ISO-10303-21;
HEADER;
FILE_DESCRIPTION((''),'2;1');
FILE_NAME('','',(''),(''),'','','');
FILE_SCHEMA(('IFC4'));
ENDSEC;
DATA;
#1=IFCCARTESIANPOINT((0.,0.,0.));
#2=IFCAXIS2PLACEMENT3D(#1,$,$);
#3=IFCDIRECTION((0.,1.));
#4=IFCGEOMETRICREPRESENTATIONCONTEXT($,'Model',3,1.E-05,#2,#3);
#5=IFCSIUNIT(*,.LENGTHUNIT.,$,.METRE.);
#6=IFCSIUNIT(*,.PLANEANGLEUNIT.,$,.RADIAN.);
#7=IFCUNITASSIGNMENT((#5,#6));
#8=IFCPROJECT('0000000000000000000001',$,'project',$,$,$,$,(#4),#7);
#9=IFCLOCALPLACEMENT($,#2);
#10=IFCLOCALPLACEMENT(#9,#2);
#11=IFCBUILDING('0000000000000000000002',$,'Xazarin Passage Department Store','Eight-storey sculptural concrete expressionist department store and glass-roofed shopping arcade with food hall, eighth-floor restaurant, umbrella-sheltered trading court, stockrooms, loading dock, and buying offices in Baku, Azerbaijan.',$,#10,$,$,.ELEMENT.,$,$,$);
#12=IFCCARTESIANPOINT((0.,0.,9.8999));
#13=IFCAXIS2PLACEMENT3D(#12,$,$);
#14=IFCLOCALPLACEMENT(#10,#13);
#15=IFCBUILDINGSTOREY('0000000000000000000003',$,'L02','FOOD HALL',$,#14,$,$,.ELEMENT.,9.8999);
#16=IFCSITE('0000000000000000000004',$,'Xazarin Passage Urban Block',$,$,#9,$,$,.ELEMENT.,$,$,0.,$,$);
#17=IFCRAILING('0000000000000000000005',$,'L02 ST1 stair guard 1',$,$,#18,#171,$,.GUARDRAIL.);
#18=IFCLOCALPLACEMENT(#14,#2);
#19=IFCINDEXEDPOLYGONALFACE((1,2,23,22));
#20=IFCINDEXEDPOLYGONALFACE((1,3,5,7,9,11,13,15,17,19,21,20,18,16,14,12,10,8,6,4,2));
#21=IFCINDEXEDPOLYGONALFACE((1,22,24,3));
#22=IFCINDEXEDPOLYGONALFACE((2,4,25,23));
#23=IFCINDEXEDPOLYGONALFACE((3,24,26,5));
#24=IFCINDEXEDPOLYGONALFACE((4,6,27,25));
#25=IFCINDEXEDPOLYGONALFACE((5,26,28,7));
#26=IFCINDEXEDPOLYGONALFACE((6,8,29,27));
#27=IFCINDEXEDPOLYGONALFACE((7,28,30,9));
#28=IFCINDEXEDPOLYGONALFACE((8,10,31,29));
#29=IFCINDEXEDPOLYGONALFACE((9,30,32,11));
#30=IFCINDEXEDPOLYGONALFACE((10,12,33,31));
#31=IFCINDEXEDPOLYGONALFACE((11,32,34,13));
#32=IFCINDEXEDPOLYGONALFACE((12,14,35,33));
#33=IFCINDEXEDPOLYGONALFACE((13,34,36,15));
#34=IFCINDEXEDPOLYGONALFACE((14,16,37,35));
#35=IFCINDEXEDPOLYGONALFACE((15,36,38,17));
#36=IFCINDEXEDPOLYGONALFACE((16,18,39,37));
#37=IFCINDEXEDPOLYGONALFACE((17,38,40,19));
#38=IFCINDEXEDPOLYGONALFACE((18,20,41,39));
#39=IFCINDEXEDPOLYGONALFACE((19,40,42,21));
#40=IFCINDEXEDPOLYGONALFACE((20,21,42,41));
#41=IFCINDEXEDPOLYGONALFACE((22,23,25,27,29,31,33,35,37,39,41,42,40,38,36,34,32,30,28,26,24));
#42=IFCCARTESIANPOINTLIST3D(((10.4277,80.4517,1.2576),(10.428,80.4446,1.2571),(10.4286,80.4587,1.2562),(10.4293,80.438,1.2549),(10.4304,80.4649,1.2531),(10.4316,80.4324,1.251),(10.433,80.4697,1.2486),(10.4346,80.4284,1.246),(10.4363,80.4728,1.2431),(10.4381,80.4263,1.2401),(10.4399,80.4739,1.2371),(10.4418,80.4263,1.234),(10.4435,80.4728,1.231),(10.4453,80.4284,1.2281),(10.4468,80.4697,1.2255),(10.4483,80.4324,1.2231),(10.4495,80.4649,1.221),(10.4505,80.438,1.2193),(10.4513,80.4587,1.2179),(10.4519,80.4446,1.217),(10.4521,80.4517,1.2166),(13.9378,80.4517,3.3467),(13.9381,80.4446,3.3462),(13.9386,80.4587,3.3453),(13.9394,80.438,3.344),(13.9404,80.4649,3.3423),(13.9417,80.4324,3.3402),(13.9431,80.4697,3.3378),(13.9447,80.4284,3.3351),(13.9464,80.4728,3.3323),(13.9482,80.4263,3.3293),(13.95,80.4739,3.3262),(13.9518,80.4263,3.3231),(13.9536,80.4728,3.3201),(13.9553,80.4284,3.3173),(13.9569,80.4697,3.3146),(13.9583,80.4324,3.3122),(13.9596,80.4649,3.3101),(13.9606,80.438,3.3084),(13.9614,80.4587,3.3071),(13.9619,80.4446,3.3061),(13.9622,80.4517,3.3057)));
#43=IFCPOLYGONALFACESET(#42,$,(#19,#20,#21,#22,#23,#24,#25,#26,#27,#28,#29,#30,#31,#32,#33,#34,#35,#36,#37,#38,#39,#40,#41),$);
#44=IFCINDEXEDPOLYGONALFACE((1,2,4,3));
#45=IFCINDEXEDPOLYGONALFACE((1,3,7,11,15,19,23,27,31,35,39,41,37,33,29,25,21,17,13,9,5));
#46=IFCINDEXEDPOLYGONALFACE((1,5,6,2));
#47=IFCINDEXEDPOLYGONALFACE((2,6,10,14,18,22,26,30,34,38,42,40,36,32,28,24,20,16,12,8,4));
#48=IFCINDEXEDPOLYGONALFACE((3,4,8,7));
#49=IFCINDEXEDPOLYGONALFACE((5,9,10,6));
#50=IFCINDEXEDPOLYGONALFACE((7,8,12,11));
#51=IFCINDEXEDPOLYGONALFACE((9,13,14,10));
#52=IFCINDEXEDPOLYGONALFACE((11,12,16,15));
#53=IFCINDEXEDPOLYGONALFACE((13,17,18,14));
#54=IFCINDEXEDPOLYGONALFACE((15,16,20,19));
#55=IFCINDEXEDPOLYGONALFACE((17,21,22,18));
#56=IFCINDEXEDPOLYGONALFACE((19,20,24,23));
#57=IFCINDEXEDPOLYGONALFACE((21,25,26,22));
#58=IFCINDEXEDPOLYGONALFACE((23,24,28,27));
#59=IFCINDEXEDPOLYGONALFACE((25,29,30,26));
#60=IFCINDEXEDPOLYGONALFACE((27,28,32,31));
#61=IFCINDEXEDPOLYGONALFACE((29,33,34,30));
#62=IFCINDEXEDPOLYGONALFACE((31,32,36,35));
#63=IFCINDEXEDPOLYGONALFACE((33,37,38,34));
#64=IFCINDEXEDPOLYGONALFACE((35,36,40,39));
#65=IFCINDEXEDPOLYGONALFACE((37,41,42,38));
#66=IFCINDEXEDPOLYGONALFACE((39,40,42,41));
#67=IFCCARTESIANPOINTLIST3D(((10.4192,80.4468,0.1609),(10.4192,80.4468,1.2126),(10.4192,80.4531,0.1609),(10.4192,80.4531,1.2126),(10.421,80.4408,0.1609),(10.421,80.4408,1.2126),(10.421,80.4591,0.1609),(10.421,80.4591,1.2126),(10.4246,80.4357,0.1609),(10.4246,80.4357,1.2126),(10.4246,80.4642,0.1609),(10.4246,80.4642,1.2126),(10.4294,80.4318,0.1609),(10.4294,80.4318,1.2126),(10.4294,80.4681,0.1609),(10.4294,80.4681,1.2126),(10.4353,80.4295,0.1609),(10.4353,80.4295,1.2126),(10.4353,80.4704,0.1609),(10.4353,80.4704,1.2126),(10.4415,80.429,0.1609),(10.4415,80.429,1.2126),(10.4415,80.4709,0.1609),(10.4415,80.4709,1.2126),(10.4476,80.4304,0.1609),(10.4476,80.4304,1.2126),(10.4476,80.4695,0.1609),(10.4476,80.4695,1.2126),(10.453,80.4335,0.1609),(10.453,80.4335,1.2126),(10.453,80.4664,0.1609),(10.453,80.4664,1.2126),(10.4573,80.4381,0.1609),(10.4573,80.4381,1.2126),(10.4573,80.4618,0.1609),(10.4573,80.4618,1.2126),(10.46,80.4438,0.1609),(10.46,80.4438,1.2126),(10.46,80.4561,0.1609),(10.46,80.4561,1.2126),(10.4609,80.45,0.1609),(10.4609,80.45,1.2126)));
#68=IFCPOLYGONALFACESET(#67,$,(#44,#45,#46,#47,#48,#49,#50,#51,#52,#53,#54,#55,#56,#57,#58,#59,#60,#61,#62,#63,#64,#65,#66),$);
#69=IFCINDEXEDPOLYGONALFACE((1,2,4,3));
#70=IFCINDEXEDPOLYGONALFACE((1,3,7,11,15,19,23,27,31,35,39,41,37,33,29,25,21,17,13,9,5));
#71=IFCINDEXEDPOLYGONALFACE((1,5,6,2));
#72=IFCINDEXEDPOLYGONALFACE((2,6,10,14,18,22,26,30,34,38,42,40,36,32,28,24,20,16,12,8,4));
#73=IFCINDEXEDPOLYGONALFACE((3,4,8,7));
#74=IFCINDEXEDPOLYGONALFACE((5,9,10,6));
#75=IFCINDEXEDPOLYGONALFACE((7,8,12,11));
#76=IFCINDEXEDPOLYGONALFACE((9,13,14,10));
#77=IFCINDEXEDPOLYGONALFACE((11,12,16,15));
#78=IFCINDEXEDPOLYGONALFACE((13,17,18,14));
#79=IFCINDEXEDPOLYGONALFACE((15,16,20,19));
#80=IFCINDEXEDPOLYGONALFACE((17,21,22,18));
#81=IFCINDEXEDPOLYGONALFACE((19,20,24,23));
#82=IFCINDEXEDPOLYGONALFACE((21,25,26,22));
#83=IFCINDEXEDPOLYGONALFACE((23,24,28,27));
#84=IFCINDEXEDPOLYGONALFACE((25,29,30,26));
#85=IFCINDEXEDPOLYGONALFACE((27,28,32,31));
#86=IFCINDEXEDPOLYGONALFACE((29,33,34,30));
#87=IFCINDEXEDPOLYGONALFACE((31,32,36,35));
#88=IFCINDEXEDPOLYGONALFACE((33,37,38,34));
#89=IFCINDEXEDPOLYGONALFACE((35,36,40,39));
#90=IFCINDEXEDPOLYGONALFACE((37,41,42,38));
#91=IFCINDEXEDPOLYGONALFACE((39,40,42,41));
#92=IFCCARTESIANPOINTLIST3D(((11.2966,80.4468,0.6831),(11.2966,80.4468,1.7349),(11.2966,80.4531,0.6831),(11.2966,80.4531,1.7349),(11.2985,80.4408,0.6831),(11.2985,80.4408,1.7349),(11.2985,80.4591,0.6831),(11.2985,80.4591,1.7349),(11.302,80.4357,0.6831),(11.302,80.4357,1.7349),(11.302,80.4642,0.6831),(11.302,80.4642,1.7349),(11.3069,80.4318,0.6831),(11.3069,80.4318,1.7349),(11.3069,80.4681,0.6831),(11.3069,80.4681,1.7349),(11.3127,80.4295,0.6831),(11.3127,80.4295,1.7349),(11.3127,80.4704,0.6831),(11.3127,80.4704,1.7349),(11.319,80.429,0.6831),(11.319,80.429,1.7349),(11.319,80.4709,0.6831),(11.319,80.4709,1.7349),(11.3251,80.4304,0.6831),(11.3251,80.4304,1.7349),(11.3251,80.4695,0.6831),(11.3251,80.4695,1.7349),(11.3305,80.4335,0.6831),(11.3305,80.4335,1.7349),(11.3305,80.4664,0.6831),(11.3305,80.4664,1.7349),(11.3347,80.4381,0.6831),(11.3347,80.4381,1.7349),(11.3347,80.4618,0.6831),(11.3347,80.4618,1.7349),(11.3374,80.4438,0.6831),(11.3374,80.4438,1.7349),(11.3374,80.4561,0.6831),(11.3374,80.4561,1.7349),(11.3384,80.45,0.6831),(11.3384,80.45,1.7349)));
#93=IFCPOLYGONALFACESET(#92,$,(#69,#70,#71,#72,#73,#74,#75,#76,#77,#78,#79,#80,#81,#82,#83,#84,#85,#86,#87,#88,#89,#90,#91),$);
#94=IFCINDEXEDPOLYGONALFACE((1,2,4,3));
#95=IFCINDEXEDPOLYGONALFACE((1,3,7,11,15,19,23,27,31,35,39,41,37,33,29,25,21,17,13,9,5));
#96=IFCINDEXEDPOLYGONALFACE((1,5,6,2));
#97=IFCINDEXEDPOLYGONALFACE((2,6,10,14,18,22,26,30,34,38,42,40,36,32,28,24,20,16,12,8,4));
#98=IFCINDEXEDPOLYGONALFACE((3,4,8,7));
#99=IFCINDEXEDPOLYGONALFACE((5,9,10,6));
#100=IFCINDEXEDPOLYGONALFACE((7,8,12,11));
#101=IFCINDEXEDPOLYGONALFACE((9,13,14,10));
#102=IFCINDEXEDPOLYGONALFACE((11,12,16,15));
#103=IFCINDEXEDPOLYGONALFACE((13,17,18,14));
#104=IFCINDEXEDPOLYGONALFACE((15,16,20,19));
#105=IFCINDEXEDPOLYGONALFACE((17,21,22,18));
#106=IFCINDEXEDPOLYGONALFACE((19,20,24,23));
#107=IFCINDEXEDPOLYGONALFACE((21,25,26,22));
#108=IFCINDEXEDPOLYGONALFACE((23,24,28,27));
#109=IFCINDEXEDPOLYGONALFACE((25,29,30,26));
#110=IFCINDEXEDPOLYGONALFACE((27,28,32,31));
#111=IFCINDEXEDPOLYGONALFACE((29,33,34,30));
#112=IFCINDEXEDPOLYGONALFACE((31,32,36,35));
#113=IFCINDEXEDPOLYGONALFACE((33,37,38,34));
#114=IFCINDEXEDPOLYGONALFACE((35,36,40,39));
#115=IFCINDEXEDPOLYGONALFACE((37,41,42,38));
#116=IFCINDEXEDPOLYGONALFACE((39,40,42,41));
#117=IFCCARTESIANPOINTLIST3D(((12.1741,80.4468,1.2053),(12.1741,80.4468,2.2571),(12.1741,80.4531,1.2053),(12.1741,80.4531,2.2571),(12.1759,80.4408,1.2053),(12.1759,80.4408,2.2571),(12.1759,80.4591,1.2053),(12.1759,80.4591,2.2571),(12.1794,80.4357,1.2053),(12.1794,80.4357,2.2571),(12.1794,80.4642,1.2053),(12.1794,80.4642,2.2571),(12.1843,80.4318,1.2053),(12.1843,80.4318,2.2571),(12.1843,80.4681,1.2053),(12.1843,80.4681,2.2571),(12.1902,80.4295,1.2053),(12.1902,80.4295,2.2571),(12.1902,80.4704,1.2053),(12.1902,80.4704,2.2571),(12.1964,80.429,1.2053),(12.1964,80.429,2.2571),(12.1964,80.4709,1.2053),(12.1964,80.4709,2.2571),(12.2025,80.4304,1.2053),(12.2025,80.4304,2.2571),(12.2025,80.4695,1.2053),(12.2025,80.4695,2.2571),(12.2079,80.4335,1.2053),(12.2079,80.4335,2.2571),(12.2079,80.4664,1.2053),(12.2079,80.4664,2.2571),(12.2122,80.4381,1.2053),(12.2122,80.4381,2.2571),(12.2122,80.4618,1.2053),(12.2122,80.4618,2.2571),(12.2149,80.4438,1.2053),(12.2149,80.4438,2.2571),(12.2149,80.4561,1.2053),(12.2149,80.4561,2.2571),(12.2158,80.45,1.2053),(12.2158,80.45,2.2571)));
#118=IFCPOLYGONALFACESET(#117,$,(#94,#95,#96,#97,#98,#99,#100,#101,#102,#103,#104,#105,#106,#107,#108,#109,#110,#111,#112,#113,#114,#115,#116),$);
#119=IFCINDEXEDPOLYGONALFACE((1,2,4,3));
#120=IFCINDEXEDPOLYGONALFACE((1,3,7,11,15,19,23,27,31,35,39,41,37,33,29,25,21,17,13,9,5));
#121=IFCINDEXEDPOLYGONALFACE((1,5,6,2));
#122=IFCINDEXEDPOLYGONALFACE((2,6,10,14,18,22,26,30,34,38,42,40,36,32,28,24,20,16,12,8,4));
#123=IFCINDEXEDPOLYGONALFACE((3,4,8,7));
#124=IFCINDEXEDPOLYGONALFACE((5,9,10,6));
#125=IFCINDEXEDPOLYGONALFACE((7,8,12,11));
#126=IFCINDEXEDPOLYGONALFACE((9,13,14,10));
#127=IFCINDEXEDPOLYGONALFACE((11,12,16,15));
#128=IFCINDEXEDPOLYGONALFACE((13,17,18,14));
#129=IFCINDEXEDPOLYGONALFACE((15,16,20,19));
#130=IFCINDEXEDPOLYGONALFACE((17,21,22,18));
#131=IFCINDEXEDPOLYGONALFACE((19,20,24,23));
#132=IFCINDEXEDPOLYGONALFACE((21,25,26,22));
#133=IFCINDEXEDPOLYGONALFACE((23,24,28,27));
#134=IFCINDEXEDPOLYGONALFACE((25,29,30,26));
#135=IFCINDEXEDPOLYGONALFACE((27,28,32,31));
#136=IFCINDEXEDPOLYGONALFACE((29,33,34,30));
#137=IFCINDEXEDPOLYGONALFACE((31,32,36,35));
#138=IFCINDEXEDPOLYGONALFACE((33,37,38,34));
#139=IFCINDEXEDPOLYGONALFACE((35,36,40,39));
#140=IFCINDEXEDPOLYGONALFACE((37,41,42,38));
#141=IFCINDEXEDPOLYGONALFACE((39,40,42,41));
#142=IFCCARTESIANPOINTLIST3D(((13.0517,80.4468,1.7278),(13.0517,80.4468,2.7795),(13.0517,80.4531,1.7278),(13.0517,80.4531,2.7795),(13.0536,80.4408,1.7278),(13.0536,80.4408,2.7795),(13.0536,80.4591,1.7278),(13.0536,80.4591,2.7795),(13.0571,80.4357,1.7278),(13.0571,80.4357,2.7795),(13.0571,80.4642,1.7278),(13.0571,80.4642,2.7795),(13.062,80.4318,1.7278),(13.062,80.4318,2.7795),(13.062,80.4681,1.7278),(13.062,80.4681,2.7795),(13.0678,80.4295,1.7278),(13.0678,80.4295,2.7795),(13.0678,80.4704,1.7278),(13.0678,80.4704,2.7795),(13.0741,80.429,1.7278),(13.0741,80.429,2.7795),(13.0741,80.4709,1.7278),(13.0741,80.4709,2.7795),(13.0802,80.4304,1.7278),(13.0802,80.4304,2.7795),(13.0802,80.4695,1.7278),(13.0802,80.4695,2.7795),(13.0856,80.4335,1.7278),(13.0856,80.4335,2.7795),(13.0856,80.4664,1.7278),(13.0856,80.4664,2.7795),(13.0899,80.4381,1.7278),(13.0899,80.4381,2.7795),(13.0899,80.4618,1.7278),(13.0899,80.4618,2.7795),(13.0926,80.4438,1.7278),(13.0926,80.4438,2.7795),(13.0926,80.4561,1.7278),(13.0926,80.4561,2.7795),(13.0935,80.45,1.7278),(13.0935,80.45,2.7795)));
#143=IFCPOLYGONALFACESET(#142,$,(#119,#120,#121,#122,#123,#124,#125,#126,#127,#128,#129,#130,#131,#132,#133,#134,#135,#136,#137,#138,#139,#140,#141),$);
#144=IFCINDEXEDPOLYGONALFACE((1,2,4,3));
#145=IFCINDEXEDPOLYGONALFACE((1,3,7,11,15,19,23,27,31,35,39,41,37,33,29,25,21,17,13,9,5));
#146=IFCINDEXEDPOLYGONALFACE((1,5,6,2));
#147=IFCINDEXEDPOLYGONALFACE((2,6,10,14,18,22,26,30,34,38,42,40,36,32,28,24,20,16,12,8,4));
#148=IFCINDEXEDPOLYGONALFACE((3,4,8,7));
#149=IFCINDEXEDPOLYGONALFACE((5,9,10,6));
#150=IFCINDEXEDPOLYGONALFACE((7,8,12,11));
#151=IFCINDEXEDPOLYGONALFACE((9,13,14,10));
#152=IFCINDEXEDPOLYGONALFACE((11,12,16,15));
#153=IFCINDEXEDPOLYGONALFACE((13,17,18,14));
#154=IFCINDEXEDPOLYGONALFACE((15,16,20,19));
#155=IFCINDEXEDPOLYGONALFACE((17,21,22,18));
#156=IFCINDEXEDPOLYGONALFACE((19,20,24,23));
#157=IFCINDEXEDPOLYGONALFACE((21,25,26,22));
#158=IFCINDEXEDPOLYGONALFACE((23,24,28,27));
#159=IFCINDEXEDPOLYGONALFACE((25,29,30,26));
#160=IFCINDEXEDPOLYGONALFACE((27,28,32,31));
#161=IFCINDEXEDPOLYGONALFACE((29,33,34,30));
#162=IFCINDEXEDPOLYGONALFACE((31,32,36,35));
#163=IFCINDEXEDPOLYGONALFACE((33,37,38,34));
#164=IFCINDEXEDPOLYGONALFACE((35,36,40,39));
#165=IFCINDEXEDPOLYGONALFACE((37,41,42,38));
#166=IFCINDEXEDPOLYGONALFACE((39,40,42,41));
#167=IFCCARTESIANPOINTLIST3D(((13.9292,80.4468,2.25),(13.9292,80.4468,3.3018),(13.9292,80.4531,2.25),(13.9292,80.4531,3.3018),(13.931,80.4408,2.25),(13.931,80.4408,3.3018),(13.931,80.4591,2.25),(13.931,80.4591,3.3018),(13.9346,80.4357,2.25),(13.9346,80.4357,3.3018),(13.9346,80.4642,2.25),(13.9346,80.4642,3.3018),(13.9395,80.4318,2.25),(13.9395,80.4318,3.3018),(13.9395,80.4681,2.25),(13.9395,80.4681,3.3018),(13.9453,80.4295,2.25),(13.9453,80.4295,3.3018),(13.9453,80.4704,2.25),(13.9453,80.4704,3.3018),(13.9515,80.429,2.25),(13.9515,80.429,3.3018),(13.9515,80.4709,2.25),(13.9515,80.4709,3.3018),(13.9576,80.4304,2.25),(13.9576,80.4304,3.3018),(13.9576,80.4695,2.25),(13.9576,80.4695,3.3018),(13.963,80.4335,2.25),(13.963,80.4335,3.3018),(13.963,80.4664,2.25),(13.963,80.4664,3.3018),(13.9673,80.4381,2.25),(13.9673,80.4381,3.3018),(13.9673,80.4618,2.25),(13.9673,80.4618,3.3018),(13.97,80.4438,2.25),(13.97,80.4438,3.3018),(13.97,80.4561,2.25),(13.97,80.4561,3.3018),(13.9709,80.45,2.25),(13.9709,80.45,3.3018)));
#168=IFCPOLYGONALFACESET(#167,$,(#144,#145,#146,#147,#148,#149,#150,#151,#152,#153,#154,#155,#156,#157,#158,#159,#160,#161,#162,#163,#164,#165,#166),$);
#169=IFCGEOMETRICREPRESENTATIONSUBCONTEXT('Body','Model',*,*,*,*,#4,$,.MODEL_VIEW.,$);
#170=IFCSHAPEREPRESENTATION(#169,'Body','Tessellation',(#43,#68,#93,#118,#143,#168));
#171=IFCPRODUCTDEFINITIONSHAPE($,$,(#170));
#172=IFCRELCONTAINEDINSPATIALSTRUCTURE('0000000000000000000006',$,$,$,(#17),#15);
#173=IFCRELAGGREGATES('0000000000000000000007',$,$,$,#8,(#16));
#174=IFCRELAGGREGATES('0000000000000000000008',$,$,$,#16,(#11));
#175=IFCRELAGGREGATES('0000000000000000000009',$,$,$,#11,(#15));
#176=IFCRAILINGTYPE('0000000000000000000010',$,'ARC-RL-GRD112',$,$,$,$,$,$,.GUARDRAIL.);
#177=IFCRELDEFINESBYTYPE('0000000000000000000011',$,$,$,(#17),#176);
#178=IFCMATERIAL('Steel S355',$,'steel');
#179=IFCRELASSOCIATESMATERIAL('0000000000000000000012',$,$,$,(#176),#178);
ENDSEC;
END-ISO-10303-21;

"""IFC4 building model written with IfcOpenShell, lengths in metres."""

from ifc_helpers import new_model, si_unit, direction, frame, origin, origin_2d, place, context, subcontext, project, spatial, circle, extrude, material, type_object, element, save


model = new_model("IFC4")

# Units and contexts
model_context = context("Model", 3, precision=1e-05, world=origin(), true_north=direction((0.0, 1.0)))
body_context = subcontext(model_context, "Body", "Model", "MODEL_VIEW")
ifc_project = project(units=[si_unit("LENGTHUNIT", "METRE"), si_unit("PLANEANGLEUNIT", "RADIAN")], contexts=[model_context])

# Site, building, storey
site_placement = place(None, origin())
site = spatial("IfcSite", under=ifc_project, at=site_placement, Name="Xazarin Passage Urban Block", CompositionType="ELEMENT", RefElevation=0.0)
building_placement = place(site_placement, origin())
building = spatial("IfcBuilding", under=site, at=building_placement, Name="Xazarin Passage Department Store", Description="Eight-storey sculptural concrete expressionist department store and glass-roofed shopping arcade with food hall, eighth-floor restaurant, umbrella-sheltered trading court, stockrooms, loading dock, and buying offices in Baku, Azerbaijan.", CompositionType="ELEMENT")
storey_placement = place(building_placement, frame((0.0, 0.0, 9.8999)))
storey = spatial("IfcBuildingStorey", under=building, at=storey_placement, Name="L02", Description="FOOD HALL", CompositionType="ELEMENT", Elevation=9.8999)

# Shared definitions
ifc_material_1 = material(Name="Steel S355", Category="steel")

# Railing
railing_type_1 = type_object("IfcRailingType", Name="ARC-RL-GRD112", PredefinedType="GUARDRAIL", material=ifc_material_1)
railing_1_placement = place(storey_placement, frame((10.4399, 80.45, 0.1609)))
element("IfcRailing", 1, at=railing_1_placement, inside=storey, type_object=railing_type_1, Name="L02 ST1 stair guard 1", PredefinedType="GUARDRAIL", context=body_context, shape_type="SweptSolid", body=[
    extrude(circle(Radius=0.0239, at=origin_2d()), frame((0.0, 0.0, 1.0762), z_axis=(0.859312, 0.0, 0.511451), x_axis=(0.0, 1.0, 0.0)), (0.0, 0.0, 1.0), 4.0847),
    extrude(circle(Radius=0.021, at=origin_2d()), origin(), (0.0, 0.0, 1.0), 1.0518),
    extrude(circle(Radius=0.021, at=origin_2d()), frame((0.8774, 0.0, 0.5222)), (0.0, 0.0, 1.0), 1.0518),
    extrude(circle(Radius=0.021, at=origin_2d()), frame((1.7549, 0.0, 1.0444)), (0.0, 0.0, 1.0), 1.0518),
    extrude(circle(Radius=0.021, at=origin_2d()), frame((2.6326, 0.0, 1.5669)), (0.0, 0.0, 1.0), 1.0518),
    extrude(circle(Radius=0.021, at=origin_2d()), frame((3.51, 0.0, 2.0891)), (0.0, 0.0, 1.0), 1.0518),
])

save(model, "model.ifc")
